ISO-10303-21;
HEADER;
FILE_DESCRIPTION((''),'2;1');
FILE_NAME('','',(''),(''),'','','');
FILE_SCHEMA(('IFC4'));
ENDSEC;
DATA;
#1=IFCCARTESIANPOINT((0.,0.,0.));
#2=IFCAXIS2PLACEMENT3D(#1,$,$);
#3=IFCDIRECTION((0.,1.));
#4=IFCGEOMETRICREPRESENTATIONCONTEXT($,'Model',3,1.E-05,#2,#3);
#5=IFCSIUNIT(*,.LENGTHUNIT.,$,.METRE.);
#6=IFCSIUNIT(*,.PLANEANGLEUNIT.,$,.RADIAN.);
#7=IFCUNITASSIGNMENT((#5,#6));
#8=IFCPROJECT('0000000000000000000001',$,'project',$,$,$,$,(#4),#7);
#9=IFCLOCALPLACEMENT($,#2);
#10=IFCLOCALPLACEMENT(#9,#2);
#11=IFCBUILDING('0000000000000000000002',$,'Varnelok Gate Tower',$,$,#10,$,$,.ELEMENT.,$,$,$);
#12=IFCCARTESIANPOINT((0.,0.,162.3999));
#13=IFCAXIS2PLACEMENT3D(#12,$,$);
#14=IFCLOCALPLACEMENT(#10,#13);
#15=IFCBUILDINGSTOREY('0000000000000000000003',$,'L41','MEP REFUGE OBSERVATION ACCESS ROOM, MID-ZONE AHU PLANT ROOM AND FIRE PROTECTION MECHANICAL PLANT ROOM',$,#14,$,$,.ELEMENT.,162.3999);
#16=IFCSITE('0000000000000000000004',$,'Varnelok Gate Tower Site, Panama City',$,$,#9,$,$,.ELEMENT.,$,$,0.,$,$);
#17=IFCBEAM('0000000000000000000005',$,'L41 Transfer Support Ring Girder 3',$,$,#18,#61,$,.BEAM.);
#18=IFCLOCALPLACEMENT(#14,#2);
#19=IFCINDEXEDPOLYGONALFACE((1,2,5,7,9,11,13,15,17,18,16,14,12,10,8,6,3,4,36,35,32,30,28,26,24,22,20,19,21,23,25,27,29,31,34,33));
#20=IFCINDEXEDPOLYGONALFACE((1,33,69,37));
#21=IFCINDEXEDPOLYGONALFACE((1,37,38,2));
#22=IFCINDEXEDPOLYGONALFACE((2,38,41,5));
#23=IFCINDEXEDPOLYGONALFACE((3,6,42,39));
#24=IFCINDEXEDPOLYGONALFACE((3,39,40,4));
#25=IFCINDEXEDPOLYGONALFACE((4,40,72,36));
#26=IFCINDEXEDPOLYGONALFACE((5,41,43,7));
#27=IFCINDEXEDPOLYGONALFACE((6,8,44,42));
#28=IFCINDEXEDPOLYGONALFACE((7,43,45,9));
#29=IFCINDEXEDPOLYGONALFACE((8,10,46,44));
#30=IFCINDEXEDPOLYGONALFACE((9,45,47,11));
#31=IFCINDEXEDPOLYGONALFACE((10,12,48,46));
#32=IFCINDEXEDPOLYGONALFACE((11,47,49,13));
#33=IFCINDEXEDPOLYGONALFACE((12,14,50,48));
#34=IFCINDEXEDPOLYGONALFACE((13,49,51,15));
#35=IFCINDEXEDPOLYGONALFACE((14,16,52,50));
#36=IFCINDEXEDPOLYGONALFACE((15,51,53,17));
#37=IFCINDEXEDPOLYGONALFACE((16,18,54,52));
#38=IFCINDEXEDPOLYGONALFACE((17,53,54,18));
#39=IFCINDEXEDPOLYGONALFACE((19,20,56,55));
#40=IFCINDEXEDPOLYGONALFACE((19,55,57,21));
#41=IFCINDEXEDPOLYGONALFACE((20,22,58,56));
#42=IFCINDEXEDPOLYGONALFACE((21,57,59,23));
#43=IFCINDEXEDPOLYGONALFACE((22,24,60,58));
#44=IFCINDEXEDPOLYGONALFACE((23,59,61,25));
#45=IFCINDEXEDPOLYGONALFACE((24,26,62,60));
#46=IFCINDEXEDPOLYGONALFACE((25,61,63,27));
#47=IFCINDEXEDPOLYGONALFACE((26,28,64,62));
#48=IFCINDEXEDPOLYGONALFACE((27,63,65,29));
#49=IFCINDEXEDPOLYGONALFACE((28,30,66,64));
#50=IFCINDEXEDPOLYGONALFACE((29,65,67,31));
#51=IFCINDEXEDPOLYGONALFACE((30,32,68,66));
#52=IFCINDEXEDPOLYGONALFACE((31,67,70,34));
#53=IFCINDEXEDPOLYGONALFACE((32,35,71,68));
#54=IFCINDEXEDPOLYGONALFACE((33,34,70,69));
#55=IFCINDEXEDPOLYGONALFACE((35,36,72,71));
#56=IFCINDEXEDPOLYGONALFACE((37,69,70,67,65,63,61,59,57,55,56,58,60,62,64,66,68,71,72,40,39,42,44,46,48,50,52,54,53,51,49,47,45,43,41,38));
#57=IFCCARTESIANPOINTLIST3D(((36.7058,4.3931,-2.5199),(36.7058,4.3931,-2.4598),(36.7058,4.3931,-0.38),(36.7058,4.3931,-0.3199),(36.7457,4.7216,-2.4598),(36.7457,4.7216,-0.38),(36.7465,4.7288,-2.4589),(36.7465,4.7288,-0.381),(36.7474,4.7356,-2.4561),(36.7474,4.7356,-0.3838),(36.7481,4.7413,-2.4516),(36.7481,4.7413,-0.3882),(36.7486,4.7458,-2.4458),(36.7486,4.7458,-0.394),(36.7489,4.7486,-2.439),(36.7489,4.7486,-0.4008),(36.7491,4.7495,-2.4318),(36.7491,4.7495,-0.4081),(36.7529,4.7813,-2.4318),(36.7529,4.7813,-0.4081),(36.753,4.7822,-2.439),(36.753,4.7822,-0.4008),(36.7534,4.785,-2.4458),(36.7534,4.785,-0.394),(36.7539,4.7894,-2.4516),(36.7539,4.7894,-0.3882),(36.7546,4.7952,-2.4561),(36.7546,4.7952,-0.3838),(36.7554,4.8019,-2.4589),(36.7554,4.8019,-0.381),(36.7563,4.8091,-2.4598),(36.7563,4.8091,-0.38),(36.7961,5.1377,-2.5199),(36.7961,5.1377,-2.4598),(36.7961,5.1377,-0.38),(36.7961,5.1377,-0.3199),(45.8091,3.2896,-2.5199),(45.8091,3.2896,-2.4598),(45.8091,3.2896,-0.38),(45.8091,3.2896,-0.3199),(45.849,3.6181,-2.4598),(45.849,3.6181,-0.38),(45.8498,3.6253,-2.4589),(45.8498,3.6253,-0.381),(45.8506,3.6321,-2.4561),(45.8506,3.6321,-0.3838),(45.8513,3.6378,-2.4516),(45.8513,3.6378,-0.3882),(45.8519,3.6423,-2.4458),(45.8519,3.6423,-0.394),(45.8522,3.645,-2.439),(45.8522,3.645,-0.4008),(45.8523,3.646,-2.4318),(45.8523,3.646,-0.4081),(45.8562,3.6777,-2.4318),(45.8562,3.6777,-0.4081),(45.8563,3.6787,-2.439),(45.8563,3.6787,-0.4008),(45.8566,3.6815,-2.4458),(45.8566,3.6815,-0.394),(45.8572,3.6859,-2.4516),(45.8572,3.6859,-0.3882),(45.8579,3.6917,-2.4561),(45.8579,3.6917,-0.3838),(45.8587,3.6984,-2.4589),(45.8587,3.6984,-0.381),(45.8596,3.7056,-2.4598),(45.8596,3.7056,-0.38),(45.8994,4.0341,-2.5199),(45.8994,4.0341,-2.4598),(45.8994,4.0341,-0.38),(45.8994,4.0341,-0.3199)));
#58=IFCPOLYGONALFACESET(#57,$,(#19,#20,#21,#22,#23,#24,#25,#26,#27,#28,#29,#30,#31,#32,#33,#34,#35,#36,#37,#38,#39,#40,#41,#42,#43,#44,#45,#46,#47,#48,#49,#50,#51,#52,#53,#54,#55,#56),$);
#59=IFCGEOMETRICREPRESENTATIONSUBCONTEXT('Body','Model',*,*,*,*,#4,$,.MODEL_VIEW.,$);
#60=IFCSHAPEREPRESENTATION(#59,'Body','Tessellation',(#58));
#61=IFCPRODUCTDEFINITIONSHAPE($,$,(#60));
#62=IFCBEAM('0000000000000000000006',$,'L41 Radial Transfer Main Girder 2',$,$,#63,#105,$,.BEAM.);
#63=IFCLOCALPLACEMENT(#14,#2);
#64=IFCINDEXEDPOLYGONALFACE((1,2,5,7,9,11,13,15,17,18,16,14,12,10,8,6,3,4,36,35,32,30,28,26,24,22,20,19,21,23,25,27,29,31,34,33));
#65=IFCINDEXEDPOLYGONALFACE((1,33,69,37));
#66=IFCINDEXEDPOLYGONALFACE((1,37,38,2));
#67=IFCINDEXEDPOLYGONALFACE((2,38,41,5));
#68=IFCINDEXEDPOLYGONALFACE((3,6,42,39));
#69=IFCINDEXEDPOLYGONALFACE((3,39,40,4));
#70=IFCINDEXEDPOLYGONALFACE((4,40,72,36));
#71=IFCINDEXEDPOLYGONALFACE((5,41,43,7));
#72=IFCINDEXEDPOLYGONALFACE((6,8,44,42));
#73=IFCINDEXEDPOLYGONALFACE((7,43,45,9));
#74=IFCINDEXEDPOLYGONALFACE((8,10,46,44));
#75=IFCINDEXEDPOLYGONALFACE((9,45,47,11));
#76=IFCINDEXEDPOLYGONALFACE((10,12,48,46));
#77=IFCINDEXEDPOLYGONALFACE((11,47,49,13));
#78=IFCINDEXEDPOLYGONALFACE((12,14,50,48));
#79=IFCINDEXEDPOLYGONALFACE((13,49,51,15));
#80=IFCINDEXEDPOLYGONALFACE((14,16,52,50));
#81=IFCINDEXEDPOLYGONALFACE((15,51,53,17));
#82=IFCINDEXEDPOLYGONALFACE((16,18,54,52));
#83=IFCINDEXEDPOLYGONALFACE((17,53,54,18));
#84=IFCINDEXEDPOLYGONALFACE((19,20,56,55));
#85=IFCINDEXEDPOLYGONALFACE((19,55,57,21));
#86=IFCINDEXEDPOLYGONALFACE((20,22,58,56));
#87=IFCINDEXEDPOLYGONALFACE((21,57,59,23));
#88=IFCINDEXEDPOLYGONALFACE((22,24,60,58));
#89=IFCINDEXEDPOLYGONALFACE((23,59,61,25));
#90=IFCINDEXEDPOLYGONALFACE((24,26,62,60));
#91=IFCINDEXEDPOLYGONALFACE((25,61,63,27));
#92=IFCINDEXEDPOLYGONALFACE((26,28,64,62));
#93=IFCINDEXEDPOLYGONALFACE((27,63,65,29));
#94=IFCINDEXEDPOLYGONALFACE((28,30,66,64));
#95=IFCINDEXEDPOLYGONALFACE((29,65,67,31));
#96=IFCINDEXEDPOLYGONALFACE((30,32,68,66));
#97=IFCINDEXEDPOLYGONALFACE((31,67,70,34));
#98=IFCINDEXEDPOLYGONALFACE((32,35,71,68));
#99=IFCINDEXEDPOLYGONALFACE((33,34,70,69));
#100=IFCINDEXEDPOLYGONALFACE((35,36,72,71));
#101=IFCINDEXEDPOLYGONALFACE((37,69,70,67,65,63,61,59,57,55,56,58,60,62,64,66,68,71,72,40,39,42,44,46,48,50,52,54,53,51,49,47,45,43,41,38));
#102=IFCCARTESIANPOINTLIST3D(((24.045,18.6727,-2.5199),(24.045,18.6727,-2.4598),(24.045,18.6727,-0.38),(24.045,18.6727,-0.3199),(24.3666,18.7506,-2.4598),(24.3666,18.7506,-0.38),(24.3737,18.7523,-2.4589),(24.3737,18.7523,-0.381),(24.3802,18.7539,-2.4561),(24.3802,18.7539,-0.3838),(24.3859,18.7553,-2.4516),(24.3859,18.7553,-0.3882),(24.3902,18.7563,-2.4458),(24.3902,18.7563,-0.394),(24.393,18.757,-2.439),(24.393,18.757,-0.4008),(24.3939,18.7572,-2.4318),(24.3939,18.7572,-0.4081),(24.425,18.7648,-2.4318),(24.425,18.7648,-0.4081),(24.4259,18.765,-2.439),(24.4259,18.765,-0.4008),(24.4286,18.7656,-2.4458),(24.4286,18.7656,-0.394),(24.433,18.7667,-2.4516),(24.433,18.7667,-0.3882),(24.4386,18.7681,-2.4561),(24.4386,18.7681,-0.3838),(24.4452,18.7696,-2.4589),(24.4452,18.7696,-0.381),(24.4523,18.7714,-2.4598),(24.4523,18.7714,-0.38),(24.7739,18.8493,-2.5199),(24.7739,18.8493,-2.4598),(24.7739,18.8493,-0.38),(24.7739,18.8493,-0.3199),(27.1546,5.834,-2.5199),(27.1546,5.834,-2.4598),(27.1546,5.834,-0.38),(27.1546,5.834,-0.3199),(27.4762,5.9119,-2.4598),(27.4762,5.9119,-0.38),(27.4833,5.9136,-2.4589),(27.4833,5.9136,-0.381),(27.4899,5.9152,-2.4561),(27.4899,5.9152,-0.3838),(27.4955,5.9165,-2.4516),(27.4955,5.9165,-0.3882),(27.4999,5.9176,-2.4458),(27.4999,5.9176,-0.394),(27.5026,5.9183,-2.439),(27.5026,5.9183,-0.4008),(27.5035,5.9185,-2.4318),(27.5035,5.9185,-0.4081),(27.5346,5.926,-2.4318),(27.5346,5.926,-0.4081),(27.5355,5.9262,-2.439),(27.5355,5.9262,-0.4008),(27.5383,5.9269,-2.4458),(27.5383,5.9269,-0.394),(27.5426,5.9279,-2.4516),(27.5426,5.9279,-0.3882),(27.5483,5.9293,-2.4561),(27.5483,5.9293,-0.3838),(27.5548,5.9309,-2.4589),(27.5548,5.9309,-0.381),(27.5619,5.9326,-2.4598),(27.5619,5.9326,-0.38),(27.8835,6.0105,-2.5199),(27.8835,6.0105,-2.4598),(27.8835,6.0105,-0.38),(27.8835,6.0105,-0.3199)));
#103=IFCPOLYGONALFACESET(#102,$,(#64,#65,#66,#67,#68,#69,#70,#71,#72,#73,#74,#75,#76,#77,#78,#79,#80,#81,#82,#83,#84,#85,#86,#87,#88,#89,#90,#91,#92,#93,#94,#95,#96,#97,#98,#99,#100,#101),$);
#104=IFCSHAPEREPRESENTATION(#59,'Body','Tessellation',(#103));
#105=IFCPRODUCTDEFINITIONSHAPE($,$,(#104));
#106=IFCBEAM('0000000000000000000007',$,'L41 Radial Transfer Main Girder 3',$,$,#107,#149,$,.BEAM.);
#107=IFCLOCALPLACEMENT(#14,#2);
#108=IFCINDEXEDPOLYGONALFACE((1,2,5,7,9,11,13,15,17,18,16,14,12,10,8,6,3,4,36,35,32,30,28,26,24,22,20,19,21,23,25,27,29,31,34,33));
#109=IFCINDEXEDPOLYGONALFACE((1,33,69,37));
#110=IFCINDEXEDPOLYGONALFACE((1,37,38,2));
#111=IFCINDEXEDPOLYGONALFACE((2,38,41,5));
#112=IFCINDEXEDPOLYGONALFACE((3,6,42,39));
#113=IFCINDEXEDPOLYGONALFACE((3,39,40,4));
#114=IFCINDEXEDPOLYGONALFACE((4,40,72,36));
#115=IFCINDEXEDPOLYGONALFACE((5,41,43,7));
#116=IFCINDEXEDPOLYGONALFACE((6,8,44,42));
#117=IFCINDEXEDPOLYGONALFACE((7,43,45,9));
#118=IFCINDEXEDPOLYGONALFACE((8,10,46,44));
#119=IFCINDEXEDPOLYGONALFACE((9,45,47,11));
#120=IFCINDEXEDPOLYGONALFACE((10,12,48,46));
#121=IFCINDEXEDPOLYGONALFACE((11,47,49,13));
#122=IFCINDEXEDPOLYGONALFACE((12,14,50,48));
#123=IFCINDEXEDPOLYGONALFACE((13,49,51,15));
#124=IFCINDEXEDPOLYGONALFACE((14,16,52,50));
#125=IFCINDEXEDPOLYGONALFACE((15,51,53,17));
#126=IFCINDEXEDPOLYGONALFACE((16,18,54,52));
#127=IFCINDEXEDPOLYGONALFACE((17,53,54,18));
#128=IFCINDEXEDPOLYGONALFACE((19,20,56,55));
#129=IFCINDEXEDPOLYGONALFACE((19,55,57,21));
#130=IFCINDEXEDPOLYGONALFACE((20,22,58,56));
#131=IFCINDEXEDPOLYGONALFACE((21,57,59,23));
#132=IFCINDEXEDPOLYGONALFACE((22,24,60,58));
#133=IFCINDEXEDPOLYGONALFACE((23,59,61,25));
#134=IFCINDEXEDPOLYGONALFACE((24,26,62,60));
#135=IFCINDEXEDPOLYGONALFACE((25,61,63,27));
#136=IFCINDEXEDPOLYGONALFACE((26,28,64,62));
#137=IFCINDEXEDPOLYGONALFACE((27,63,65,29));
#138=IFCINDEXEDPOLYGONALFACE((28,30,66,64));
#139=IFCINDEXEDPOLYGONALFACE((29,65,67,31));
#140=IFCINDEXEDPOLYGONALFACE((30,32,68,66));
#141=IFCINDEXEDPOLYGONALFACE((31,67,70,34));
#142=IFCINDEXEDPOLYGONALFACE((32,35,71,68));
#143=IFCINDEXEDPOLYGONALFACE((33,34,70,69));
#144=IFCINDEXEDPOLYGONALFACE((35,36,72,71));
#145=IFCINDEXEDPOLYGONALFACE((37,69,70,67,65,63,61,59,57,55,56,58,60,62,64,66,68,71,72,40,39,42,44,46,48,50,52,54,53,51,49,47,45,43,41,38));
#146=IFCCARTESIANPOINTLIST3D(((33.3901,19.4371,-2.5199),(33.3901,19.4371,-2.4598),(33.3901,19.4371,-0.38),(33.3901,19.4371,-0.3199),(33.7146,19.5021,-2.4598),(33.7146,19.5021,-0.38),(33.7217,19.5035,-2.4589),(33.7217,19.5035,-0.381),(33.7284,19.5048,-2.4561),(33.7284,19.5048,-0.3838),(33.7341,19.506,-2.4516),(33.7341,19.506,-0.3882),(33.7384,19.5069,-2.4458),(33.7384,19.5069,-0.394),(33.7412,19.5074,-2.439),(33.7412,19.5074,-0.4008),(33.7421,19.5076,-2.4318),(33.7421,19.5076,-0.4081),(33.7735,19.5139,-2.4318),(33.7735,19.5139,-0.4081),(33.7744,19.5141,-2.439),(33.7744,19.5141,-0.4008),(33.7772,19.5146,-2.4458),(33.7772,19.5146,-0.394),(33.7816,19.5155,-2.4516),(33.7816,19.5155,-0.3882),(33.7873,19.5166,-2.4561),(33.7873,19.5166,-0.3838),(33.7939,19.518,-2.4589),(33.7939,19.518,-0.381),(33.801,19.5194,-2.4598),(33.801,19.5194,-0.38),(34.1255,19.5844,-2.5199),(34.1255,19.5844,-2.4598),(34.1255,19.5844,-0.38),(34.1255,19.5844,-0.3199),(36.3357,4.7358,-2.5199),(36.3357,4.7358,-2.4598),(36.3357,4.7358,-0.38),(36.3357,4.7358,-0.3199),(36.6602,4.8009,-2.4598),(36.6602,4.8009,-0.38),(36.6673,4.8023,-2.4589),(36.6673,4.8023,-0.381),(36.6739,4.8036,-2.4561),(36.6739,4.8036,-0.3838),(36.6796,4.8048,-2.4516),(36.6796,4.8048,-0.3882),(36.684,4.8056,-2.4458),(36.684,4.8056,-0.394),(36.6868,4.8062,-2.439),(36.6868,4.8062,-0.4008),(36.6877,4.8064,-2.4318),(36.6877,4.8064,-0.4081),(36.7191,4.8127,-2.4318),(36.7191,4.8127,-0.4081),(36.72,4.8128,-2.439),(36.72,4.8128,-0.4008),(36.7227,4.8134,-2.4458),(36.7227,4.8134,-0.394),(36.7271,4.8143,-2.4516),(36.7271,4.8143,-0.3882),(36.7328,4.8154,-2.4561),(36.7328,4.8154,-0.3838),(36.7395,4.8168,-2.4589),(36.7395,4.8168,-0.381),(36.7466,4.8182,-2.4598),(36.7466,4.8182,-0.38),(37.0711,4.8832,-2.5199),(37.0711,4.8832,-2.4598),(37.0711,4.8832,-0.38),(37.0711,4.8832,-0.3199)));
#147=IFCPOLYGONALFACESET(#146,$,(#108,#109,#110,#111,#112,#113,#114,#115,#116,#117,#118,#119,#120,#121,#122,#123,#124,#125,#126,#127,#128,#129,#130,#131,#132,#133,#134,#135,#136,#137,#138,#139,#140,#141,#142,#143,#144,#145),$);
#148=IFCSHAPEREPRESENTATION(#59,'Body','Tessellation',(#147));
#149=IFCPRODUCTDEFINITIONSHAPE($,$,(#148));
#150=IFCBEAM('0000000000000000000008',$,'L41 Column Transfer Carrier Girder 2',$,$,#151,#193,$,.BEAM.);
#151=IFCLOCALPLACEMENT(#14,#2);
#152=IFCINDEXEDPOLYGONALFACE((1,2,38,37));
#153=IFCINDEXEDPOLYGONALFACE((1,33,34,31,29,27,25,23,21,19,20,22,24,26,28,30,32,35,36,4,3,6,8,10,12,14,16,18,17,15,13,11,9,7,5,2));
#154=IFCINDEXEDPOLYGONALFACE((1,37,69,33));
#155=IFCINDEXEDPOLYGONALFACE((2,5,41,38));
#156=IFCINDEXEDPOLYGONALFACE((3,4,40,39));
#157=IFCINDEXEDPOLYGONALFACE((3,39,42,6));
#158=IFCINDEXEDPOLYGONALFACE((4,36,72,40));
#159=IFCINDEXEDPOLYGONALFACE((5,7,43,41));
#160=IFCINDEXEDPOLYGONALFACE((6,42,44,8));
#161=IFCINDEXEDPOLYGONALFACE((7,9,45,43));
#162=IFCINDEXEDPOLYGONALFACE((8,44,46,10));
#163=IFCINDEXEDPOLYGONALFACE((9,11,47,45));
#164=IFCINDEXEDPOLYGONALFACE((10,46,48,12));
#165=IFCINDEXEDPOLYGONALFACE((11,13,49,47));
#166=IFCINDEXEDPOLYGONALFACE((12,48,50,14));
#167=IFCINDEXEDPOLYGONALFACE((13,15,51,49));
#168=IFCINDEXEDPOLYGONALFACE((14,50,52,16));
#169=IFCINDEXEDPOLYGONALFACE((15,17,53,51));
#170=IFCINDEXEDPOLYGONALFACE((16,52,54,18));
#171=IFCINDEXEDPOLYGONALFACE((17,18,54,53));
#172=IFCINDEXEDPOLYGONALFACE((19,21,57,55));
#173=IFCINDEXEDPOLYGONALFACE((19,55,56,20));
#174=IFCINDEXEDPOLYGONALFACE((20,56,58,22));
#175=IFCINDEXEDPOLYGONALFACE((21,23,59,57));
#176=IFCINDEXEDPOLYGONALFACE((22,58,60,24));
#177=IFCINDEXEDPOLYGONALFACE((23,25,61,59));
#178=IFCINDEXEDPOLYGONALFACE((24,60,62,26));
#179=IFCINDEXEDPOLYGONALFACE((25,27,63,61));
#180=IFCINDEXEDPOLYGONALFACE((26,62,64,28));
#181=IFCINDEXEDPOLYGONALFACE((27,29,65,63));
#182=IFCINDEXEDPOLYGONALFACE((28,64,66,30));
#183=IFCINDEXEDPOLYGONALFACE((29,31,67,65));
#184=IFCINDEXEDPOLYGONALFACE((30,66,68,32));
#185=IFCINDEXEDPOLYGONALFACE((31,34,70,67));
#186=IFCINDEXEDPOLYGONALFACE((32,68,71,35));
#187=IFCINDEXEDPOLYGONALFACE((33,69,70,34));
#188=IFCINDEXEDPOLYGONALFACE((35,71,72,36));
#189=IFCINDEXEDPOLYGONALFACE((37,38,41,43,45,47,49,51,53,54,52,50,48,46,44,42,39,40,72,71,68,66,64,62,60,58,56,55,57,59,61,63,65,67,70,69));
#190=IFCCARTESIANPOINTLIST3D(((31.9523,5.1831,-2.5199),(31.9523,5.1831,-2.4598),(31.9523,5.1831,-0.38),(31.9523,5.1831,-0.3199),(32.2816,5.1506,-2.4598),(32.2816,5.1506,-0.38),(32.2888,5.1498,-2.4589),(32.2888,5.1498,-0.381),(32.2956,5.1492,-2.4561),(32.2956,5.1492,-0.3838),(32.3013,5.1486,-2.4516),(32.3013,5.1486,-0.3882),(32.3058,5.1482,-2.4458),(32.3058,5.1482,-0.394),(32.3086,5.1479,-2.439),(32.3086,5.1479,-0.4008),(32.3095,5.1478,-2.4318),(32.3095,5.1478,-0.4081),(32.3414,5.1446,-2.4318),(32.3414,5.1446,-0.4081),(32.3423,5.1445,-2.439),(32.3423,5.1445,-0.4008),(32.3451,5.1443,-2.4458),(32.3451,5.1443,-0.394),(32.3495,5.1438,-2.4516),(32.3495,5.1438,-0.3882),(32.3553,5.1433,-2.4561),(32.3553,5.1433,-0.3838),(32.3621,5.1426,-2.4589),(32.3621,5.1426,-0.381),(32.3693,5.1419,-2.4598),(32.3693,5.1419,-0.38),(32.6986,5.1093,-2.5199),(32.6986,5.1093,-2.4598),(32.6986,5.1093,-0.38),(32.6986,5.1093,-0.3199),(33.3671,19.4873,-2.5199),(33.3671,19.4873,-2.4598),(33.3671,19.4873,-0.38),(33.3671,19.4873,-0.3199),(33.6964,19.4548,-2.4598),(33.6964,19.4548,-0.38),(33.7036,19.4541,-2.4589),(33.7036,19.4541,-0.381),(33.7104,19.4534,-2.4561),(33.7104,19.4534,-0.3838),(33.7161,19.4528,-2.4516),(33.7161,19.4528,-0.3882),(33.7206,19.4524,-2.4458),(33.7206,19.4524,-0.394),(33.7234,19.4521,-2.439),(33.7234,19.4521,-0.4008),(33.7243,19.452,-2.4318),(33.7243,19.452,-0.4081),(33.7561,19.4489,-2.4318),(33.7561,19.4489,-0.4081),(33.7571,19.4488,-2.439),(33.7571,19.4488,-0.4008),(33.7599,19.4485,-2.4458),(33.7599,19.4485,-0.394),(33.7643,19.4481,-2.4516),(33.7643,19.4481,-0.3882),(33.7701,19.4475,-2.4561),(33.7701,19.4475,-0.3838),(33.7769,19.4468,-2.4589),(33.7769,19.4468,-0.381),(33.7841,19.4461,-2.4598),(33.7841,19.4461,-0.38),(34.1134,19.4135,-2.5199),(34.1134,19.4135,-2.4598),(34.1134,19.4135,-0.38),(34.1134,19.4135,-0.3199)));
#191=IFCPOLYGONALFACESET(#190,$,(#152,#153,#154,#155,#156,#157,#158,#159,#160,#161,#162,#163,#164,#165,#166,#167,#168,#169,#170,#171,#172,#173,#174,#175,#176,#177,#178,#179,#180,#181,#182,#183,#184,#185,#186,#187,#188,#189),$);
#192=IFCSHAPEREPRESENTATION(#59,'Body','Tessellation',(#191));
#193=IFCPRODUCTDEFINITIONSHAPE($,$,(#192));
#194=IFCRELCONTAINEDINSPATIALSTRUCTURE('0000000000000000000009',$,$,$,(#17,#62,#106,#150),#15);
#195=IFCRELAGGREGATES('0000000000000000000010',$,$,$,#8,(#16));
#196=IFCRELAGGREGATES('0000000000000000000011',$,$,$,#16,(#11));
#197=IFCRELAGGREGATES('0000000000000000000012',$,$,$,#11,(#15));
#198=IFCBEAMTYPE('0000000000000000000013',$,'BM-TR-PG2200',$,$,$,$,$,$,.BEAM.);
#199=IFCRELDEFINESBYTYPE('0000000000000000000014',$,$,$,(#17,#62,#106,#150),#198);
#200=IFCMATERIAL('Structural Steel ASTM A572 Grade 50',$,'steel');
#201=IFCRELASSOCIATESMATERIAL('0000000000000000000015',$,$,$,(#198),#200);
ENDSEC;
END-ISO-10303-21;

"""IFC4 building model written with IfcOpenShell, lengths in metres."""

from ifc_helpers import new_model, si_unit, direction, frame, origin, origin_2d, place, context, subcontext, project, spatial, i_section, extrude, material, material_profile, profile_set, type_object, element, save


model = new_model("IFC4")

# Units and contexts
model_context = context("Model", 3, precision=1e-05, world=origin(), true_north=direction((0.0, 1.0)))
body_context = subcontext(model_context, "Body", "Model", "MODEL_VIEW")
ifc_project = project(units=[si_unit("LENGTHUNIT", "METRE"), si_unit("PLANEANGLEUNIT", "RADIAN")], contexts=[model_context])

# Site, building, storey
site_placement = place(None, origin())
site = spatial("IfcSite", under=ifc_project, at=site_placement, Name="Varnelok Gate Tower Site, Panama City", CompositionType="ELEMENT", RefElevation=0.0)
building_placement = place(site_placement, origin())
building = spatial("IfcBuilding", under=site, at=building_placement, Name="Varnelok Gate Tower", CompositionType="ELEMENT")
storey_placement = place(building_placement, frame((0.0, 0.0, 162.3999)))
storey = spatial("IfcBuildingStorey", under=building, at=storey_placement, Name="L41", Description="MEP REFUGE OBSERVATION ACCESS ROOM, MID-ZONE AHU PLANT ROOM AND FIRE PROTECTION MECHANICAL PLANT ROOM", CompositionType="ELEMENT", Elevation=162.3999)

# Beams
ifc_material_1 = material(Name="Structural Steel ASTM A572 Grade 50", Category="steel")
ifc_material_profile_1 = material_profile(ifc_material_1, i_section(OverallWidth=0.75, OverallDepth=2.2, WebThickness=0.032, FlangeThickness=0.0601, FilletRadius=0.0281, at=origin_2d()), Name="PG2200X750")
ifc_profile_set_1 = profile_set([ifc_material_profile_1], Name="Structural Steel ASTM A572 Grade 50")
beam_type_1 = type_object("IfcBeamType", Name="BM-TR-PG2200", PredefinedType="BEAM", material=ifc_profile_set_1)
beam_1_placement = place(storey_placement, frame((36.751, 4.7654, -1.4199), z_axis=(0.992733, -0.120341, 0.0), x_axis=(0.120341, 0.992733, 0.0)))
element("IfcBeam", 1, at=beam_1_placement, inside=storey, type_object=beam_type_1, Name="L41 Transfer Support Ring Girder 3", PredefinedType="BEAM", context=body_context, shape_type="SweptSolid", body=[
    extrude(i_section(OverallWidth=0.75, OverallDepth=2.2, WebThickness=0.032, FlangeThickness=0.0601, FilletRadius=0.0281, at=origin_2d()), origin(), (0.0, 0.0, 1.0), 9.1699),
])
beam_2_placement = place(storey_placement, frame((24.4094, 18.761, -1.4199), z_axis=(0.235402, -0.971898, 0.0), x_axis=(0.971898, 0.235402, 0.0)))
element("IfcBeam", 2, at=beam_2_placement, inside=storey, type_object=beam_type_1, Name="L41 Radial Transfer Main Girder 2", PredefinedType="BEAM", context=body_context, shape_type="SweptSolid", body=[
    extrude(i_section(OverallWidth=0.75, OverallDepth=2.2, WebThickness=0.032, FlangeThickness=0.0601, FilletRadius=0.0281, at=origin_2d()), origin(), (0.0, 0.0, 1.0), 13.21),
])
beam_3_placement = place(storey_placement, frame((33.7578, 19.5107, -1.4199), z_axis=(0.196457, -0.980512, 0.0), x_axis=(0.980512, 0.196457, 0.0)))
element("IfcBeam", 3, at=beam_3_placement, inside=storey, type_object=beam_type_1, Name="L41 Radial Transfer Main Girder 3", PredefinedType="BEAM", context=body_context, shape_type="SweptSolid", body=[
    extrude(i_section(OverallWidth=0.75, OverallDepth=2.2, WebThickness=0.032, FlangeThickness=0.0601, FilletRadius=0.0281, at=origin_2d()), origin(), (0.0, 0.0, 1.0), 14.9934),
])
beam_4_placement = place(storey_placement, frame((33.7402, 19.4504, -1.4199), z_axis=(-0.098427, -0.995144, 0.0), x_axis=(0.995144, -0.098427, 0.0)))
element("IfcBeam", 4, at=beam_4_placement, inside=storey, type_object=beam_type_1, Name="L41 Column Transfer Carrier Girder 2", PredefinedType="BEAM", context=body_context, shape_type="SweptSolid", body=[
    extrude(i_section(OverallWidth=0.75, OverallDepth=2.2, WebThickness=0.032, FlangeThickness=0.0601, FilletRadius=0.0281, at=origin_2d()), origin(), (0.0, 0.0, 1.0), 14.374),
])

save(model, "model.ifc")
